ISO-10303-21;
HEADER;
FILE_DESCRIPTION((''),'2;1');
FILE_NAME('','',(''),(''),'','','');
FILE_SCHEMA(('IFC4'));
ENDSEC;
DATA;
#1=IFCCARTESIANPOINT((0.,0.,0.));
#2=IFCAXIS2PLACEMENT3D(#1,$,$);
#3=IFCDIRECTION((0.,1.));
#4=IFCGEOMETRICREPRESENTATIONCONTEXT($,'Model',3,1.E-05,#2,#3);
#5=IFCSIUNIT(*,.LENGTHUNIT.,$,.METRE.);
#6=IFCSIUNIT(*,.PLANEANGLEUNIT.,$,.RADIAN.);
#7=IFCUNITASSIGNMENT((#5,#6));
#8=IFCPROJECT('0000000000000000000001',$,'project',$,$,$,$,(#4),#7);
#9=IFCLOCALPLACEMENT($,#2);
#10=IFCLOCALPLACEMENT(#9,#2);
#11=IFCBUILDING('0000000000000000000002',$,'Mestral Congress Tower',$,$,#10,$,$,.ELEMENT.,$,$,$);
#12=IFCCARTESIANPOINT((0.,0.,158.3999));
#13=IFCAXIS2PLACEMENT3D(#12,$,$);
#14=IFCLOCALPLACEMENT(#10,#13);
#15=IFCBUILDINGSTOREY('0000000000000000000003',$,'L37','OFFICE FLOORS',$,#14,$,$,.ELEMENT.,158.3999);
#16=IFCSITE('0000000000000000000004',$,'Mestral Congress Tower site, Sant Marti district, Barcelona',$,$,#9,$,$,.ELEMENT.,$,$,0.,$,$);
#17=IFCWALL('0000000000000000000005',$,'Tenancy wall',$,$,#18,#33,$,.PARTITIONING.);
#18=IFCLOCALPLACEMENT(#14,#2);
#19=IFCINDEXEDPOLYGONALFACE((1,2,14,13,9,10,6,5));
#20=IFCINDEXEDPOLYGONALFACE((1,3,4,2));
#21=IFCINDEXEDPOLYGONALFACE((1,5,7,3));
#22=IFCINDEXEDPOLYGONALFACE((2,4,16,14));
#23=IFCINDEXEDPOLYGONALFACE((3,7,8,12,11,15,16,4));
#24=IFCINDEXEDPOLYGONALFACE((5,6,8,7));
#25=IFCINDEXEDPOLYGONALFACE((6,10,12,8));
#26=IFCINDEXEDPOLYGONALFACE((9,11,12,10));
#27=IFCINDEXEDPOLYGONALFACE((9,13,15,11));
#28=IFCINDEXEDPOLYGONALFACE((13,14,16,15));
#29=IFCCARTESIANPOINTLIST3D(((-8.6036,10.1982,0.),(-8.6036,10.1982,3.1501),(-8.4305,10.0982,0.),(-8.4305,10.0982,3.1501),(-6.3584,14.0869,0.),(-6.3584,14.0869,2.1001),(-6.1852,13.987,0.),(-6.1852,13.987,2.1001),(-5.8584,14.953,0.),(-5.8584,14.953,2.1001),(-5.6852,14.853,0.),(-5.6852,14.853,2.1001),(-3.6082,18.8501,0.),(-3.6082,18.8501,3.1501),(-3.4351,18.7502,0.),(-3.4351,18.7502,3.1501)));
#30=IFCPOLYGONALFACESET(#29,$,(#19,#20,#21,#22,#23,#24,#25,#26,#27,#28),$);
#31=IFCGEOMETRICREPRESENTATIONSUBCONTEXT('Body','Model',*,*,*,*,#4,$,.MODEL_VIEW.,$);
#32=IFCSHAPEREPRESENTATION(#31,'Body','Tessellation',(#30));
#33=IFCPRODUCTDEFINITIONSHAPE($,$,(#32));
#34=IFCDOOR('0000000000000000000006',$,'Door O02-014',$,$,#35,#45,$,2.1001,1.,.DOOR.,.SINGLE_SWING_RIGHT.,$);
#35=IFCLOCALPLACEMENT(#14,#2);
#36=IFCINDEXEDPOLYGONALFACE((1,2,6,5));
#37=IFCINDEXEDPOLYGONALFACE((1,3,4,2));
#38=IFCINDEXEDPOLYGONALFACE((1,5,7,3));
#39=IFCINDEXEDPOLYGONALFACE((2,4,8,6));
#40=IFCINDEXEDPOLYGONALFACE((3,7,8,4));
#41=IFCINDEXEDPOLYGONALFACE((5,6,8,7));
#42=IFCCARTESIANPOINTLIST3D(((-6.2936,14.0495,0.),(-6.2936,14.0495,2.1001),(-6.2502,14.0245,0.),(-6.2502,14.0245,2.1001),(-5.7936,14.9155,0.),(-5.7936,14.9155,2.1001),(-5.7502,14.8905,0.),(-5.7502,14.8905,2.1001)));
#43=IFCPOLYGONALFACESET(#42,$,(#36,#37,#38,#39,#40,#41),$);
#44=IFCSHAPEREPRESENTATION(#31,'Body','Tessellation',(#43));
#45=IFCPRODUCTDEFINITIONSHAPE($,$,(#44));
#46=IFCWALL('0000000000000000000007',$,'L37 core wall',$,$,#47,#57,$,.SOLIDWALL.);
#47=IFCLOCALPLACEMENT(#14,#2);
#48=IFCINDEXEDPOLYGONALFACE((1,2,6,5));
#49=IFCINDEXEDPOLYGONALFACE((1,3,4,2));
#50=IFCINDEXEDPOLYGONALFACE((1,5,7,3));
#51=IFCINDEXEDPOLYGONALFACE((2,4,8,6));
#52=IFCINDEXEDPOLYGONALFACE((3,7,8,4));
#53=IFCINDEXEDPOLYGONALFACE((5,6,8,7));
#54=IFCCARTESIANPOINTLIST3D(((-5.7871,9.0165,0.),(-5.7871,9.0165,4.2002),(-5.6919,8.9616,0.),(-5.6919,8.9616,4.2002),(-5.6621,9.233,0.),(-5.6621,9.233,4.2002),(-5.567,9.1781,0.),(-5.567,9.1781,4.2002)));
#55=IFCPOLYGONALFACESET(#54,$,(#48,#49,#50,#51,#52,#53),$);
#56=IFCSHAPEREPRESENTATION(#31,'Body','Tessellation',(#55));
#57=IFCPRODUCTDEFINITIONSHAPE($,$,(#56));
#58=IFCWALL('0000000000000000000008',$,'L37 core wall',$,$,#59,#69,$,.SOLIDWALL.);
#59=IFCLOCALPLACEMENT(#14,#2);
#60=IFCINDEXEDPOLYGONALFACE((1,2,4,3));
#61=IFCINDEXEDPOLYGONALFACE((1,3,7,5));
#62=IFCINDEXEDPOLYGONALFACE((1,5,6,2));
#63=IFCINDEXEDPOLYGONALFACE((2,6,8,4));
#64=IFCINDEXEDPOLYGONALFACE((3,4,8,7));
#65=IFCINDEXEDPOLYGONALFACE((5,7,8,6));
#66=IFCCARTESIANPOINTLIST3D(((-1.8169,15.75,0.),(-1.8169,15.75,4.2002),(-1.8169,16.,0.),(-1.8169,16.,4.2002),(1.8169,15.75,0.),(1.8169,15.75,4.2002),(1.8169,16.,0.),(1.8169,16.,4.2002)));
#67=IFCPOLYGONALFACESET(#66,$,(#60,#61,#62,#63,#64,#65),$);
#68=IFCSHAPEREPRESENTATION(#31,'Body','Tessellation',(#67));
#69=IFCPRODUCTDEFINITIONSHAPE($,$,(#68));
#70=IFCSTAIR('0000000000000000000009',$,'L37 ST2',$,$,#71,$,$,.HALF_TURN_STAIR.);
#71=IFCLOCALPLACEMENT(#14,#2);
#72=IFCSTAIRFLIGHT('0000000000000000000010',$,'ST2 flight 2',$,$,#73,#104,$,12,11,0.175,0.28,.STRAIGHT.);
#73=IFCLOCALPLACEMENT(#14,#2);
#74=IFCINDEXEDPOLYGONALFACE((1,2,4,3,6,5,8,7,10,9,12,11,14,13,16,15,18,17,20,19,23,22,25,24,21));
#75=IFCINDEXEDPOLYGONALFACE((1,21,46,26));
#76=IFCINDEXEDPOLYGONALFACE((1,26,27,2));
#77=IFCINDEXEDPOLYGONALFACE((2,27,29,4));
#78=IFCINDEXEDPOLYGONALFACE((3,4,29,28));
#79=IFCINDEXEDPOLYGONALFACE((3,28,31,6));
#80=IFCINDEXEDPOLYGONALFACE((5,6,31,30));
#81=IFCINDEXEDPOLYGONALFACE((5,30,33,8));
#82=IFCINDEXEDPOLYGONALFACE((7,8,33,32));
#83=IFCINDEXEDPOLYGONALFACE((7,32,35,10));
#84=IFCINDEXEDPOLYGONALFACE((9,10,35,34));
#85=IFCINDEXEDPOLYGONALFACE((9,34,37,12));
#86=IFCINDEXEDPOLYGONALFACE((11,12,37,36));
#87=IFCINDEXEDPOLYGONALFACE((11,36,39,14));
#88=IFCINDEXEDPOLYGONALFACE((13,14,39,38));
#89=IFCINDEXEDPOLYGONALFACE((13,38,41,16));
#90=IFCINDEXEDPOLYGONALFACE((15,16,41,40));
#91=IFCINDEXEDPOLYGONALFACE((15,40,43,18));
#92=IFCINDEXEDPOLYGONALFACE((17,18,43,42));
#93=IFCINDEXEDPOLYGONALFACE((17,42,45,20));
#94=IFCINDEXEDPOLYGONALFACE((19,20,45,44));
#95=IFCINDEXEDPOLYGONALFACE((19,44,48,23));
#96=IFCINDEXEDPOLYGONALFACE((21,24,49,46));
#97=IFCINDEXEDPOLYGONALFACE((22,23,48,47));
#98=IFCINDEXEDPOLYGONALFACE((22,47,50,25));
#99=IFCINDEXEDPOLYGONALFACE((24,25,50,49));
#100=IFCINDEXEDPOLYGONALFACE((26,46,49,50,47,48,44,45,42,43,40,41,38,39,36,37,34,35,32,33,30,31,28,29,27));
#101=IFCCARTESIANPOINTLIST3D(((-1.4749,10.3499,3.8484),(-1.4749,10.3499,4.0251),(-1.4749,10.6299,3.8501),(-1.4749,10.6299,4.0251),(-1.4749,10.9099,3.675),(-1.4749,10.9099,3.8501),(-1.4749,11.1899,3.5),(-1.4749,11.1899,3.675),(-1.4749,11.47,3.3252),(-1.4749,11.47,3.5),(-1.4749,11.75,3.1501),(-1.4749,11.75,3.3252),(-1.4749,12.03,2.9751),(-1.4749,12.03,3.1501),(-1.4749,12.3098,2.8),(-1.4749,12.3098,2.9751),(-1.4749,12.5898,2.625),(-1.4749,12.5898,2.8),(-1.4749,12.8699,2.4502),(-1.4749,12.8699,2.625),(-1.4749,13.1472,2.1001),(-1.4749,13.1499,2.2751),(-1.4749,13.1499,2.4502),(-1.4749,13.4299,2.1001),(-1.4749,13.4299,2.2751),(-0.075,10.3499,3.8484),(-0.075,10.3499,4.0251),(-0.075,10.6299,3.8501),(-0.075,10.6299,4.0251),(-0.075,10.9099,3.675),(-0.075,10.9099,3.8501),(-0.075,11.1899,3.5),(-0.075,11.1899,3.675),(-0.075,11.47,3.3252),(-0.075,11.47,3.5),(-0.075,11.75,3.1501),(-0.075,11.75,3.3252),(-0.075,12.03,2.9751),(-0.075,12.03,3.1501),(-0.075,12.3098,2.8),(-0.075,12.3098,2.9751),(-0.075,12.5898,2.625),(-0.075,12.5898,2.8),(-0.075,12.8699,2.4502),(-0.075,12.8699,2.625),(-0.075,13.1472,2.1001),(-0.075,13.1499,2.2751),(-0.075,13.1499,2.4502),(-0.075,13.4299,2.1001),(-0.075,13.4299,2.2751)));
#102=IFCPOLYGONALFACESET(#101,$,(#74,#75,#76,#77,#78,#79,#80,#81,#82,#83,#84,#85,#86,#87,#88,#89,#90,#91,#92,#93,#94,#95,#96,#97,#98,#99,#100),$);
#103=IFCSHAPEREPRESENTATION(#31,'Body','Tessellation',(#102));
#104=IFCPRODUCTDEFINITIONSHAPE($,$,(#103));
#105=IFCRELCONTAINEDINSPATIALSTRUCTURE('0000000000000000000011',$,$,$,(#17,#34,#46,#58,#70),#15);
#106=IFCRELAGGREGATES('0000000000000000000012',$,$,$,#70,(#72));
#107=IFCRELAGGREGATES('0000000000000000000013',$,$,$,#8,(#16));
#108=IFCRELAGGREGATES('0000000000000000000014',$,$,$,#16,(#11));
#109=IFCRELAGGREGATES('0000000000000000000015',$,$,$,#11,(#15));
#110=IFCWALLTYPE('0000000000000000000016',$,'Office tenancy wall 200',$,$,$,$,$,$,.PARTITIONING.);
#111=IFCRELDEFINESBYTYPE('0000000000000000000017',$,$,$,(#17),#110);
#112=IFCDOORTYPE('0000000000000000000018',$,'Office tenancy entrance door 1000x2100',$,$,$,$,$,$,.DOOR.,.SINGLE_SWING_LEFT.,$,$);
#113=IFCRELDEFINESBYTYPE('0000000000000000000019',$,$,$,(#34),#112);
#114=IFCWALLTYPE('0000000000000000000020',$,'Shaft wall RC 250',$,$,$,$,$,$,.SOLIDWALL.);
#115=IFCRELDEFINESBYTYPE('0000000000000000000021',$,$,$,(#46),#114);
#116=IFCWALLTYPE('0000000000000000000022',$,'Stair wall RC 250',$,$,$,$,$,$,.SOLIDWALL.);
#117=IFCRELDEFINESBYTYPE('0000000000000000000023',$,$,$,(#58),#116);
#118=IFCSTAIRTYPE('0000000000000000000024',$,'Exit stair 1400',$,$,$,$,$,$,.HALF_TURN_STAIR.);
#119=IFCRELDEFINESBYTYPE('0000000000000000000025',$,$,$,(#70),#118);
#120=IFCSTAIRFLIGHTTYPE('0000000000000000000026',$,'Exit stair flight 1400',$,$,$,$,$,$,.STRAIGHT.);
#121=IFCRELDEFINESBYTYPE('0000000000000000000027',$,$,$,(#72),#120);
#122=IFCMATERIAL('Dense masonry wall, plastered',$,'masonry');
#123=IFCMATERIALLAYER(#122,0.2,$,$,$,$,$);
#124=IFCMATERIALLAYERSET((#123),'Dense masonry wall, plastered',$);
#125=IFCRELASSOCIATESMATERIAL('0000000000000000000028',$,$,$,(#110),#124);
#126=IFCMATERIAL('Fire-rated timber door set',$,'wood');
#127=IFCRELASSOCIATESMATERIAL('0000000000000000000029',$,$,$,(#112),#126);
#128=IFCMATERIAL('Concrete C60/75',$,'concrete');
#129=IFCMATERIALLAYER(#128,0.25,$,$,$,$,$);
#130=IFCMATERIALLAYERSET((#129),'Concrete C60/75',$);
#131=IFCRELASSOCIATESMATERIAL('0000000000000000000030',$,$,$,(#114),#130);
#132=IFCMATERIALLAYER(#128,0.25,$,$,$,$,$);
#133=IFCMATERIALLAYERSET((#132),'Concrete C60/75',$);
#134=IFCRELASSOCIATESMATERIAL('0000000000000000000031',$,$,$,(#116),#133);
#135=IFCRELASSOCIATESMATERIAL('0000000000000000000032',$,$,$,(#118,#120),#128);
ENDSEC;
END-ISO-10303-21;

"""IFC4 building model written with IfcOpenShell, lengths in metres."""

from ifc_helpers import new_model, si_unit, direction, frame, frame_2d, origin, place, context, subcontext, project, spatial, polyline, rectangle, outline, extrude, material, layer, layer_set, type_object, element, fill, aggregate, save


model = new_model("IFC4")

# Units and contexts
model_context = context("Model", 3, precision=1e-05, world=origin(), true_north=direction((0.0, 1.0)))
body_context = subcontext(model_context, "Body", "Model", "MODEL_VIEW")
ifc_project = project(units=[si_unit("LENGTHUNIT", "METRE"), si_unit("PLANEANGLEUNIT", "RADIAN")], contexts=[model_context])

# Site, building, storey
site_placement = place(None, origin())
site = spatial("IfcSite", under=ifc_project, at=site_placement, Name="Mestral Congress Tower site, Sant Marti district, Barcelona", CompositionType="ELEMENT", RefElevation=0.0)
building_placement = place(site_placement, origin())
building = spatial("IfcBuilding", under=site, at=building_placement, Name="Mestral Congress Tower", CompositionType="ELEMENT")
storey_placement = place(building_placement, frame((0.0, 0.0, 158.3999)))
storey = spatial("IfcBuildingStorey", under=building, at=storey_placement, Name="L37", Description="OFFICE FLOORS", CompositionType="ELEMENT", Elevation=158.3999)

# Shared definitions
ifc_material_1 = material(Name="Concrete C60/75", Category="concrete")

# Shared definitions
ifc_material_2 = material(Name="Dense masonry wall, plastered", Category="masonry")
ifc_layer_1 = layer(ifc_material_2, 0.2)
ifc_layer_set_1 = layer_set([ifc_layer_1], Name="Dense masonry wall, plastered")
wall_type_1 = type_object("IfcWallType", Name="Office tenancy wall 200", PredefinedType="PARTITIONING", material=ifc_layer_set_1)

# Wall, opening, door
wall_1_placement = place(storey_placement, frame((-3.5217, 18.8, 0.0), z_axis=(0.0, 0.0, 1.0), x_axis=(-0.500016, -0.866016, 0.0)))
wall_1 = element("IfcWall", 1, at=wall_1_placement, inside=storey, type_object=wall_type_1, Name="Tenancy wall", PredefinedType="PARTITIONING", context=body_context, shape_type="SweptSolid", body=[
    extrude(rectangle(XDim=9.9905, YDim=0.2, at=frame_2d((4.9951, 0.0))), origin(), (0.0, 0.0, 1.0), 3.1501),
])
opening_1_placement = place(wall_1_placement, frame((4.5, 0.0, 0.0)))
opening_1 = element("IfcOpeningElement", 2, at=opening_1_placement, cuts=wall_1, PredefinedType="OPENING", context=body_context, shape_type="SweptSolid", body=[
    extrude(rectangle(XDim=1.0, YDim=2.1001, at=frame_2d((0.5, 1.05))), frame((0.0, 0.1099, 0.0), z_axis=(0.0, -1.0, 0.0), x_axis=(1.0, 0.0, 0.0)), (0.0, 0.0, 1.0), 0.22),
])
ifc_material_3 = material(Name="Fire-rated timber door set", Category="wood")
door_type_1 = type_object("IfcDoorType", Name="Office tenancy entrance door 1000x2100", OperationType="SINGLE_SWING_LEFT", PredefinedType="DOOR", material=ifc_material_3)
door_1_placement = place(opening_1_placement, origin())
door_1 = element("IfcDoor", 3, at=door_1_placement, inside=storey, type_object=door_type_1, Name="Door O02-014", OperationType="SINGLE_SWING_RIGHT", OverallHeight=2.1001, OverallWidth=1.0, PredefinedType="DOOR", context=body_context, shape_type="SweptSolid", body=[
    extrude(rectangle(XDim=1.0, YDim=2.1001, at=frame_2d((0.5, 1.05))), frame((0.0, 0.0249, 0.0), z_axis=(0.0, -1.0, 0.0), x_axis=(1.0, 0.0, 0.0)), (0.0, 0.0, 1.0), 0.05),
])
fill(opening_1, door_1)

# Walls
ifc_layer_2 = layer(ifc_material_1, 0.25)
ifc_layer_set_2 = layer_set([ifc_layer_2], Name="Concrete C60/75")
wall_type_2 = type_object("IfcWallType", Name="Shaft wall RC 250", PredefinedType="SOLIDWALL", material=ifc_layer_set_2)
wall_2_placement = place(storey_placement, frame((-5.7246, 9.1248, 0.0), z_axis=(0.0, 0.0, 1.0), x_axis=(0.866186, -0.499722, 0.0)))
element("IfcWall", 4, at=wall_2_placement, inside=storey, type_object=wall_type_2, Name="L37 core wall", PredefinedType="SOLIDWALL", context=body_context, shape_type="SweptSolid", body=[
    extrude(rectangle(XDim=0.1099, YDim=0.25, at=frame_2d((0.0549, 0.0))), origin(), (0.0, 0.0, 1.0), 4.2002),
])
ifc_layer_3 = layer(ifc_material_1, 0.25)
ifc_layer_set_3 = layer_set([ifc_layer_3], Name="Concrete C60/75")
wall_type_3 = type_object("IfcWallType", Name="Stair wall RC 250", PredefinedType="SOLIDWALL", material=ifc_layer_set_3)
wall_3_placement = place(storey_placement, frame((-1.8169, 15.875, 0.0), z_axis=(0.0, 0.0, 1.0), x_axis=(1.0, 0.0, 0.0)))
element("IfcWall", 5, at=wall_3_placement, inside=storey, type_object=wall_type_3, Name="L37 core wall", PredefinedType="SOLIDWALL", context=body_context, shape_type="SweptSolid", body=[
    extrude(rectangle(XDim=3.6338, YDim=0.25, at=frame_2d((1.8169, 0.0))), origin(), (0.0, 0.0, 1.0), 4.2002),
])

# Stair, stair flight
stair_type = type_object("IfcStairType", Name="Exit stair 1400", PredefinedType="HALF_TURN_STAIR", material=ifc_material_1)
stair_placement = place(storey_placement, origin())
stair = element("IfcStair", 6, at=stair_placement, inside=storey, type_object=stair_type, Name="L37 ST2", PredefinedType="HALF_TURN_STAIR")
stair_flight_type = type_object("IfcStairFlightType", Name="Exit stair flight 1400", PredefinedType="STRAIGHT", material=ifc_material_1)
stair_flight_placement = place(storey_placement, frame((-0.7749, 13.4299, 2.1001), z_axis=(0.0, 0.0, 1.0), x_axis=(0.0, -1.0, 0.0)))
stair_flight = element("IfcStairFlight", 7, at=stair_flight_placement, type_object=stair_flight_type, Name="ST2 flight 2", NumberOfRisers=12, NumberOfTreads=11, PredefinedType="STRAIGHT", RiserHeight=0.175, TreadLength=0.28, context=body_context, shape_type="SweptSolid", body=[
    extrude(outline(polyline([(0.0, 0.0), (0.0, 0.175), (0.28, 0.175), (0.28, 0.3501), (0.5601, 0.3501), (0.5601, 0.5249), (0.8401, 0.5249), (0.8401, 0.7), (1.1201, 0.7), (1.1201, 0.875), (1.3999, 0.875), (1.3999, 1.05), (1.6799, 1.05), (1.6799, 1.2251), (1.96, 1.2251), (1.96, 1.3999), (2.24, 1.3999), (2.24, 1.575), (2.52, 1.575), (2.52, 1.75), (2.8, 1.75), (2.8, 1.925), (3.0801, 1.925), (3.0801, 2.1001), (3.0801, 1.7483), (0.2827, 0.0), (0.0, 0.0)])), frame((0.0, 0.7, 0.0), z_axis=(0.0, -1.0, 0.0), x_axis=(1.0, 0.0, 0.0)), (0.0, 0.0, 1.0), 1.3999),
])
aggregate(stair, [stair_flight])

save(model, "model.ifc")
